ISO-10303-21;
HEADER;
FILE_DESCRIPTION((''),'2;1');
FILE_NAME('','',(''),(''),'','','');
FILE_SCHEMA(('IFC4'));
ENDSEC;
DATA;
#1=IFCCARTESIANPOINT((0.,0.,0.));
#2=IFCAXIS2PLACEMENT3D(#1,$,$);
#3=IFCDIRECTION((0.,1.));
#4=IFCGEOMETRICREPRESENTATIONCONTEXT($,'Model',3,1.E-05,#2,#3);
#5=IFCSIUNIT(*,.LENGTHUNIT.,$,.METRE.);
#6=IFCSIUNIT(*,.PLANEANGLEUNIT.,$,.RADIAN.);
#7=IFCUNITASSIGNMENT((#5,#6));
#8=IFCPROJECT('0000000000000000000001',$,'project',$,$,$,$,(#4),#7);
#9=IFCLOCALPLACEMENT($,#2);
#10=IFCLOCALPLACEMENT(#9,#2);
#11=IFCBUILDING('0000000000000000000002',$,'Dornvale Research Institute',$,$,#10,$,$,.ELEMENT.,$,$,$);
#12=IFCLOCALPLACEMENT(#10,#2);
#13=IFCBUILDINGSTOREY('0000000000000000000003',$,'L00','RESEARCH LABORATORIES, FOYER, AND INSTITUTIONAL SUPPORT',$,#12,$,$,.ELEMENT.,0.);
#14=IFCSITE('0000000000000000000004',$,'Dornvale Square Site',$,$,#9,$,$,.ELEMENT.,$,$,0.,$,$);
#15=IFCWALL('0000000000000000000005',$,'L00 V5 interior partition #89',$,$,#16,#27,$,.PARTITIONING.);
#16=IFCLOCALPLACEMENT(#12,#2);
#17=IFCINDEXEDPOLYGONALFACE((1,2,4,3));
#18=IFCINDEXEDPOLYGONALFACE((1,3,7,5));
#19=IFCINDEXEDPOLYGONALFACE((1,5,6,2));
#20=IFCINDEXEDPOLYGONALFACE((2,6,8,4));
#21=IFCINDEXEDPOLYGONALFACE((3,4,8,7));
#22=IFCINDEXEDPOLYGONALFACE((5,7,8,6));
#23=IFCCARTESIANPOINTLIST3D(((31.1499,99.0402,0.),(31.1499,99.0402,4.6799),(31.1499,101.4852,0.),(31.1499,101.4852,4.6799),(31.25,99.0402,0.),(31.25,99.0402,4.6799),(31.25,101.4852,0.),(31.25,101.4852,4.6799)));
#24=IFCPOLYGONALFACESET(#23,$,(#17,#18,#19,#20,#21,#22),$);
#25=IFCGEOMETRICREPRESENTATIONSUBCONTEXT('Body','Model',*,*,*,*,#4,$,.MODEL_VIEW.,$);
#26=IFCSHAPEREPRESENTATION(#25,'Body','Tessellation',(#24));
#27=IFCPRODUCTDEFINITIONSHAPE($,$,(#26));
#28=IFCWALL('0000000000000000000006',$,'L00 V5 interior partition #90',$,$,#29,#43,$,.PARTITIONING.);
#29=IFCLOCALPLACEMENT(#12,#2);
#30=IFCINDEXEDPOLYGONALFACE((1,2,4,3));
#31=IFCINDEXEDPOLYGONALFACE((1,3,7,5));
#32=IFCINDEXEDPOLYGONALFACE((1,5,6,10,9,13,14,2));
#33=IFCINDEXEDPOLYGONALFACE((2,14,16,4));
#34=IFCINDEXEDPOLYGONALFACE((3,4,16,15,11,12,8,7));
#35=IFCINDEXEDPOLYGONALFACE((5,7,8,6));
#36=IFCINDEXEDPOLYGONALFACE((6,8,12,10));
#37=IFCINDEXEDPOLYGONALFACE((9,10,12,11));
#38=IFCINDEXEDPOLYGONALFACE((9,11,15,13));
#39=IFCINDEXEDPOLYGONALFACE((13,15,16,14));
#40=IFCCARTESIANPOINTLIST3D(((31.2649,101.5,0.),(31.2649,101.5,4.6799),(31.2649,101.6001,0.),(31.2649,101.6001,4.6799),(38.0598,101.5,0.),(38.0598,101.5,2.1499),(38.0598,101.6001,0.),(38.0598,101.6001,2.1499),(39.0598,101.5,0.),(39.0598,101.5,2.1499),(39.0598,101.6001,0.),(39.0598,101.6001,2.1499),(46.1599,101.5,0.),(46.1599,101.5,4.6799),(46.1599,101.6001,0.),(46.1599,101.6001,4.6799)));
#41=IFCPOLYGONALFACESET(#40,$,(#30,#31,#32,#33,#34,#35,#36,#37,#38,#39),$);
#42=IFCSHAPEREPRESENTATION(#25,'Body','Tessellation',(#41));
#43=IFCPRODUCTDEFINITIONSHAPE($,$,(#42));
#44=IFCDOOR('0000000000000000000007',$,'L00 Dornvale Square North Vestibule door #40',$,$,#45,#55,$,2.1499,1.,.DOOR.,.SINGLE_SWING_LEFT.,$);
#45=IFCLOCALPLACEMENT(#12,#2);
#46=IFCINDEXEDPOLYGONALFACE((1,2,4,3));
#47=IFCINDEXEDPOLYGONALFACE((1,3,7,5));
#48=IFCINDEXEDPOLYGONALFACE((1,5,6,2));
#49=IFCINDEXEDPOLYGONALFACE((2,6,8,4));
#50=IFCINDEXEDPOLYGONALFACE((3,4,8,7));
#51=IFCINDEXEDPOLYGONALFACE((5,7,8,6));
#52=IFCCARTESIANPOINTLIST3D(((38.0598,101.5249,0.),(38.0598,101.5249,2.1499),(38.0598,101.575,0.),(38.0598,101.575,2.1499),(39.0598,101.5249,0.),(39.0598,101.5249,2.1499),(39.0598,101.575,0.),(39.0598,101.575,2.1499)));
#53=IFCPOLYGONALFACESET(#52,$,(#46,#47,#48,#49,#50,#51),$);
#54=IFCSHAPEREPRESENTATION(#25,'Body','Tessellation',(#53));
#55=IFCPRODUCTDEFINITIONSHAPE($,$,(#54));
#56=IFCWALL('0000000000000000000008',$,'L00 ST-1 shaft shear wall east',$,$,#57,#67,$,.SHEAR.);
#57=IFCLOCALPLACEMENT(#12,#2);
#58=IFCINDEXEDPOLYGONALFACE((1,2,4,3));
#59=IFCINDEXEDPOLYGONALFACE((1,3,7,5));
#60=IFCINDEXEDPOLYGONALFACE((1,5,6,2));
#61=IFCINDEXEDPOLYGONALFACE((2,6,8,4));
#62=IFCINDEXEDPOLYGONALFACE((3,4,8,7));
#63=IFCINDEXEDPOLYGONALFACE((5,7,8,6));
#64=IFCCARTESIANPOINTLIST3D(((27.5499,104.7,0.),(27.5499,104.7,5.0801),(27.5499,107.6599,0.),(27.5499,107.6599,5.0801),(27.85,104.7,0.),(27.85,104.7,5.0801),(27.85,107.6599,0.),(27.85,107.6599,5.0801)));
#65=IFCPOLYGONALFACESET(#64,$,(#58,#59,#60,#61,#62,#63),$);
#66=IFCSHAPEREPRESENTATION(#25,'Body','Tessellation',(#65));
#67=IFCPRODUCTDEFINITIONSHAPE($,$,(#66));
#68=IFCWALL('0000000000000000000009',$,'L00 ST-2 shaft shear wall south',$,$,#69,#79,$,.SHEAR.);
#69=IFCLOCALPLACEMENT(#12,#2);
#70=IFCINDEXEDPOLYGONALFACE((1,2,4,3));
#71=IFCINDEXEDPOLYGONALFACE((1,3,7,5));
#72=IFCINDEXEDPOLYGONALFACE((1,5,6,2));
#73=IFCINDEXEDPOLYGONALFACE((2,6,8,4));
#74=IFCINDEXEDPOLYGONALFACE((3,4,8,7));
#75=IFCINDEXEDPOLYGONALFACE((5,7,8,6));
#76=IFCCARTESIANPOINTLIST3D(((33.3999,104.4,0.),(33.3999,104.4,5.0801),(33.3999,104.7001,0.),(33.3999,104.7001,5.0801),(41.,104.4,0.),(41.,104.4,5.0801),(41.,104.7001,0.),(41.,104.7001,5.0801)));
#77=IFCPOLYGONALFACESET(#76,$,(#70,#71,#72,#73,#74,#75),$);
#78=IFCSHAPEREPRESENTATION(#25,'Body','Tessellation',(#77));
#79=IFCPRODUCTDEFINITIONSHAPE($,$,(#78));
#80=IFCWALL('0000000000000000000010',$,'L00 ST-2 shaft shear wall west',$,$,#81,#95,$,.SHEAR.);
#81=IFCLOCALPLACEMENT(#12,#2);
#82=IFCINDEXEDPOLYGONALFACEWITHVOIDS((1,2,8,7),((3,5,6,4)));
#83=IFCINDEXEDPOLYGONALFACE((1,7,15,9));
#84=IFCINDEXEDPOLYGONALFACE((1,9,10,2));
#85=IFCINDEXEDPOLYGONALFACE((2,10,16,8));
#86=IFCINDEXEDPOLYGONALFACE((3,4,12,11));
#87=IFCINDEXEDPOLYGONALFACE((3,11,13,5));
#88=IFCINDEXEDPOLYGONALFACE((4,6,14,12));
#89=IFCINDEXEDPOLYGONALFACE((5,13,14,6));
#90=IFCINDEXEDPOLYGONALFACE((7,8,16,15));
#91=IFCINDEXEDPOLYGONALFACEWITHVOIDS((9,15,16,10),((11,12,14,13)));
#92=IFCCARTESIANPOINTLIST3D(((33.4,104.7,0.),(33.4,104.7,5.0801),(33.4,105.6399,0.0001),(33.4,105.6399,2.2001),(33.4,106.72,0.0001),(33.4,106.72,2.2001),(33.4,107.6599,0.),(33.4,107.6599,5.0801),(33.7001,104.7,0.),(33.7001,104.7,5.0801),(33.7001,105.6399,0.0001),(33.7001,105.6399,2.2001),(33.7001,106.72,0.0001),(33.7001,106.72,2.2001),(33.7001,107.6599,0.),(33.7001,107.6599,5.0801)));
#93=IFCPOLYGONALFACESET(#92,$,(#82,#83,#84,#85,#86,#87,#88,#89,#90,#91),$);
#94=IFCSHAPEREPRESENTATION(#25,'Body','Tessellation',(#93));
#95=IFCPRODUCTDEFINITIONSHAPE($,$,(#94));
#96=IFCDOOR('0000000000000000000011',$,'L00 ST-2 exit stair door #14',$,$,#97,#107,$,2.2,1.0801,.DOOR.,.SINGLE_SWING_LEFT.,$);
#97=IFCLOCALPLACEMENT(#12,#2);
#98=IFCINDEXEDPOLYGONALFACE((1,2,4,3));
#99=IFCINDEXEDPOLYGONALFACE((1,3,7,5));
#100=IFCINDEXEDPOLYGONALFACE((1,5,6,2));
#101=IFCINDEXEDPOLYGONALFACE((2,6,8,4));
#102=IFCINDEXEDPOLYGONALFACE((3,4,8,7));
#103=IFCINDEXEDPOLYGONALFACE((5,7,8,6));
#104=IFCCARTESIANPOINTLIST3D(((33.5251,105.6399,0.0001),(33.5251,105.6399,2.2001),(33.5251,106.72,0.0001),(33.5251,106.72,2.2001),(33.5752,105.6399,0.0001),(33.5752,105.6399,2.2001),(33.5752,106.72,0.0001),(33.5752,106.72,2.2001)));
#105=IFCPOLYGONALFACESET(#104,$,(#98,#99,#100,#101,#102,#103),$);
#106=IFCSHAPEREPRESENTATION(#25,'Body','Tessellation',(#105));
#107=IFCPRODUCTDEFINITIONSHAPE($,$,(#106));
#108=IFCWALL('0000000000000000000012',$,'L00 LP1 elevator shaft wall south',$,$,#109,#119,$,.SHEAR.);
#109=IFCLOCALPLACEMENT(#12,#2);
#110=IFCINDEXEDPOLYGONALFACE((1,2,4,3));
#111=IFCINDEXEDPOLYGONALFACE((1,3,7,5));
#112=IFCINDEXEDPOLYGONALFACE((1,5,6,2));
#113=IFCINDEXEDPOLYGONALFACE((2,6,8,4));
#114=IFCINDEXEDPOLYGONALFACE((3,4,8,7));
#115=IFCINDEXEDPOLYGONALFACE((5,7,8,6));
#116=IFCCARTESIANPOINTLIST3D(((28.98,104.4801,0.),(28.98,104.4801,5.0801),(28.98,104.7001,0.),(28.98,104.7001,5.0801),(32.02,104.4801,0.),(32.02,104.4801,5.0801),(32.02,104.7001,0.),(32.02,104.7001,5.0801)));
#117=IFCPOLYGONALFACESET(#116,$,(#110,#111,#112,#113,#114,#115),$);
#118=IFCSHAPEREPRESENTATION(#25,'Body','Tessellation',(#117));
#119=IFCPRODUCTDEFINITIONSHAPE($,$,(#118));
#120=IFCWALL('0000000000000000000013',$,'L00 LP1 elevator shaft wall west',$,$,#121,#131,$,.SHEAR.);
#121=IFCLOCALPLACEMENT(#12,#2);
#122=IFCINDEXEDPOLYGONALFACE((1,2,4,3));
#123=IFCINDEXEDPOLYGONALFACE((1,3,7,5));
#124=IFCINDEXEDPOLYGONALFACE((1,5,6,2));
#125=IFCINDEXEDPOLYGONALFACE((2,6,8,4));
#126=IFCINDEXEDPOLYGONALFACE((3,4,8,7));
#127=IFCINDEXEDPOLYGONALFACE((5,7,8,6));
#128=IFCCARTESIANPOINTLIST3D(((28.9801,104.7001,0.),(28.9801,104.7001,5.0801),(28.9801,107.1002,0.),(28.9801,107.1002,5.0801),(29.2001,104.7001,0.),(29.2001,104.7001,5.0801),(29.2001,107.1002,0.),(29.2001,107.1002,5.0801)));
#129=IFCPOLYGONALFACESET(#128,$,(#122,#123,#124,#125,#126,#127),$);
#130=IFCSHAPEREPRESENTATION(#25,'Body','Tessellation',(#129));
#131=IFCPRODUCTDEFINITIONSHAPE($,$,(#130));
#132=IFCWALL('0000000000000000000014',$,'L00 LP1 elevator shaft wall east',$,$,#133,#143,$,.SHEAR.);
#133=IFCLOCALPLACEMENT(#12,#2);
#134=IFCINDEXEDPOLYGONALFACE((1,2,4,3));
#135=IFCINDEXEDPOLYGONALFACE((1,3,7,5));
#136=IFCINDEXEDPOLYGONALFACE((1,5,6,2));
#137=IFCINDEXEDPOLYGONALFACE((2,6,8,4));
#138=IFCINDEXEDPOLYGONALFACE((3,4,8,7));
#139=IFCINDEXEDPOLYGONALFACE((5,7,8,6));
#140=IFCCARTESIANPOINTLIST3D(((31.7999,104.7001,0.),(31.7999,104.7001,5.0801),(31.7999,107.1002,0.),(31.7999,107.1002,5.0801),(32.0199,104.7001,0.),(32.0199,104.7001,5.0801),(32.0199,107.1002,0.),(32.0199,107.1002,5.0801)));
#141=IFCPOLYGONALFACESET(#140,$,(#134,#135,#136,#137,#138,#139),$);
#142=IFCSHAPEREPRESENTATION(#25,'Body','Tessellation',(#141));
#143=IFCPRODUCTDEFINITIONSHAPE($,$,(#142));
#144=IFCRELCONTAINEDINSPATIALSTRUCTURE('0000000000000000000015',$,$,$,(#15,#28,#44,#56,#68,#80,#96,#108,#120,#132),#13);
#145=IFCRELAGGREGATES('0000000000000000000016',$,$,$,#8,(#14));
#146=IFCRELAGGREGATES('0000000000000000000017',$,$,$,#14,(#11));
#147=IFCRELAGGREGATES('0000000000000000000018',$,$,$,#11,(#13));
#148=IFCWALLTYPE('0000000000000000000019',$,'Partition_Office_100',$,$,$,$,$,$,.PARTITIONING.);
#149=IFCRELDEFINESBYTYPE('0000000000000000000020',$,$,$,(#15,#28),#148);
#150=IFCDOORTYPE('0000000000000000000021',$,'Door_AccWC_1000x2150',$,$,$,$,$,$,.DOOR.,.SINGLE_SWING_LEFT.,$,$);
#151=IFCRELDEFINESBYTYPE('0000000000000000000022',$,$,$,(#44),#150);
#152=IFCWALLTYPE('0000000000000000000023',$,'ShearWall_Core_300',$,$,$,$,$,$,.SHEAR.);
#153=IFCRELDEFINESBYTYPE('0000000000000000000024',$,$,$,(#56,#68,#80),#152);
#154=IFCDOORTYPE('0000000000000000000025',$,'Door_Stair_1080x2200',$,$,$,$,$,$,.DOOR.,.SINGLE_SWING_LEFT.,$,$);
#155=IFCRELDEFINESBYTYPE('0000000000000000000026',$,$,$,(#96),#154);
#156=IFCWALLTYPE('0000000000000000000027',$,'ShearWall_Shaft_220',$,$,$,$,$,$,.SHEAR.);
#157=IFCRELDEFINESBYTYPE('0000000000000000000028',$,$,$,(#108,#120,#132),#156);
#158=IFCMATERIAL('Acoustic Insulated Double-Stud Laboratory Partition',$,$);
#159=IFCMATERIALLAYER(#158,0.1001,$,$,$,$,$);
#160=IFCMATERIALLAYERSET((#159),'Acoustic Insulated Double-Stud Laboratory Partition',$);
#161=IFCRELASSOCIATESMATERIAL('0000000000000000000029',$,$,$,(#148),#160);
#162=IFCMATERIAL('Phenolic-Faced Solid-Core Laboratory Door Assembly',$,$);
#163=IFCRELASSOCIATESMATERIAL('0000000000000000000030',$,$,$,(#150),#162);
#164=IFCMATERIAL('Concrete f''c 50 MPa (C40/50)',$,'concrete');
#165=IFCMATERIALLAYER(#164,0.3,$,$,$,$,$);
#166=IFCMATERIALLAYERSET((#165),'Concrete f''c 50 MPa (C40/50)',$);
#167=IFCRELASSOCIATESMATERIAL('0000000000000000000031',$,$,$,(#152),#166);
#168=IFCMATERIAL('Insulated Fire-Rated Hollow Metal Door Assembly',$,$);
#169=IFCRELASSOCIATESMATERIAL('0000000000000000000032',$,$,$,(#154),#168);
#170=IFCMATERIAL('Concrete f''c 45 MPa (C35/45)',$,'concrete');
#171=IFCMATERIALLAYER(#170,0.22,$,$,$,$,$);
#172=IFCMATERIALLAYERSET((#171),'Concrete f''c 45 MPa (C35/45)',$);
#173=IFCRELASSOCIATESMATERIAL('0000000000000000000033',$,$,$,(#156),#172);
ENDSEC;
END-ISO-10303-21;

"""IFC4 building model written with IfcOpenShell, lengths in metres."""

from ifc_helpers import new_model, si_unit, direction, frame, frame_2d, origin, place, context, subcontext, project, spatial, rectangle, extrude, material, layer, layer_set, type_object, element, fill, save


model = new_model("IFC4")

# Units and contexts
model_context = context("Model", 3, precision=1e-05, world=origin(), true_north=direction((0.0, 1.0)))
body_context = subcontext(model_context, "Body", "Model", "MODEL_VIEW")
ifc_project = project(units=[si_unit("LENGTHUNIT", "METRE"), si_unit("PLANEANGLEUNIT", "RADIAN")], contexts=[model_context])

# Site, building, storey
site_placement = place(None, origin())
site = spatial("IfcSite", under=ifc_project, at=site_placement, Name="Dornvale Square Site", CompositionType="ELEMENT", RefElevation=0.0)
building_placement = place(site_placement, origin())
building = spatial("IfcBuilding", under=site, at=building_placement, Name="Dornvale Research Institute", CompositionType="ELEMENT")
storey_placement = place(building_placement, origin())
storey = spatial("IfcBuildingStorey", under=building, at=storey_placement, Name="L00", Description="RESEARCH LABORATORIES, FOYER, AND INSTITUTIONAL SUPPORT", CompositionType="ELEMENT", Elevation=0.0)

# Wall
ifc_material_1 = material(Name="Acoustic Insulated Double-Stud Laboratory Partition")
ifc_layer_1 = layer(ifc_material_1, 0.1001)
ifc_layer_set_1 = layer_set([ifc_layer_1], Name="Acoustic Insulated Double-Stud Laboratory Partition")
wall_type_1 = type_object("IfcWallType", Name="Partition_Office_100", PredefinedType="PARTITIONING", material=ifc_layer_set_1)
wall_1_placement = place(storey_placement, frame((31.2, 99.04, 0.0), z_axis=(0.0, 0.0, 1.0), x_axis=(0.0, 1.0, 0.0)))
element("IfcWall", 1, at=wall_1_placement, inside=storey, type_object=wall_type_1, Name="L00 V5 interior partition #89", PredefinedType="PARTITIONING", context=body_context, shape_type="SweptSolid", body=[
    extrude(rectangle(XDim=2.4451, YDim=0.1001, at=frame_2d((1.2227, 0.0))), origin(), (0.0, 0.0, 1.0), 4.6799),
])

# Wall, opening, door
wall_2_placement = place(storey_placement, frame((31.2649, 101.55, 0.0), z_axis=(0.0, 0.0, 1.0), x_axis=(1.0, 0.0, 0.0)))
wall_2 = element("IfcWall", 2, at=wall_2_placement, inside=storey, type_object=wall_type_1, Name="L00 V5 interior partition #90", PredefinedType="PARTITIONING", context=body_context, shape_type="SweptSolid", body=[
    extrude(rectangle(XDim=14.895, YDim=0.1001, at=frame_2d((7.4475, 0.0))), origin(), (0.0, 0.0, 1.0), 4.6799),
])
opening_1_placement = place(wall_2_placement, frame((6.7949, 0.0, 0.0)))
opening_1 = element("IfcOpeningElement", 3, at=opening_1_placement, cuts=wall_2, PredefinedType="OPENING", context=body_context, shape_type="SweptSolid", body=[
    extrude(rectangle(XDim=1.0, YDim=2.1499, at=frame_2d((0.5, 1.075))), frame((0.0, 0.0649, 0.0), z_axis=(0.0, -1.0, 0.0), x_axis=(1.0, 0.0, 0.0)), (0.0, 0.0, 1.0), 0.1301),
])
ifc_material_2 = material(Name="Phenolic-Faced Solid-Core Laboratory Door Assembly")
door_type_1 = type_object("IfcDoorType", Name="Door_AccWC_1000x2150", OperationType="SINGLE_SWING_LEFT", PredefinedType="DOOR", material=ifc_material_2)
door_1_placement = place(opening_1_placement, origin())
door_1 = element("IfcDoor", 4, at=door_1_placement, inside=storey, type_object=door_type_1, Name="L00 Dornvale Square North Vestibule door #40", OperationType="SINGLE_SWING_LEFT", OverallHeight=2.1499, OverallWidth=1.0, PredefinedType="DOOR", context=body_context, shape_type="SweptSolid", body=[
    extrude(rectangle(XDim=1.0, YDim=2.1499, at=frame_2d((0.5, 1.075))), frame((0.0, 0.0249, 0.0), z_axis=(0.0, -1.0, 0.0), x_axis=(1.0, 0.0, 0.0)), (0.0, 0.0, 1.0), 0.05),
])
fill(opening_1, door_1)

# Walls
ifc_material_3 = material(Name="Concrete f'c 50 MPa (C40/50)", Category="concrete")
ifc_layer_2 = layer(ifc_material_3, 0.3)
ifc_layer_set_2 = layer_set([ifc_layer_2], Name="Concrete f'c 50 MPa (C40/50)")
wall_type_2 = type_object("IfcWallType", Name="ShearWall_Core_300", PredefinedType="SHEAR", material=ifc_layer_set_2)
wall_3_placement = place(storey_placement, frame((27.7, 104.7, 0.0), z_axis=(0.0, 0.0, 1.0), x_axis=(0.0, 1.0, 0.0)))
element("IfcWall", 5, at=wall_3_placement, inside=storey, type_object=wall_type_2, Name="L00 ST-1 shaft shear wall east", PredefinedType="SHEAR", context=body_context, shape_type="SweptSolid", body=[
    extrude(rectangle(XDim=2.96, YDim=0.3, at=frame_2d((1.48, 0.0))), origin(), (0.0, 0.0, 1.0), 5.0801),
])
wall_4_placement = place(storey_placement, frame((33.3999, 104.55, 0.0), z_axis=(0.0, 0.0, 1.0), x_axis=(1.0, 0.0, 0.0)))
element("IfcWall", 6, at=wall_4_placement, inside=storey, type_object=wall_type_2, Name="L00 ST-2 shaft shear wall south", PredefinedType="SHEAR", context=body_context, shape_type="SweptSolid", body=[
    extrude(rectangle(XDim=7.6001, YDim=0.3, at=frame_2d((3.8, 0.0))), origin(), (0.0, 0.0, 1.0), 5.0801),
])

# Wall, opening, door
wall_5_placement = place(storey_placement, frame((33.55, 104.7, 0.0), z_axis=(0.0, 0.0, 1.0), x_axis=(0.0, 1.0, 0.0)))
wall_5 = element("IfcWall", 7, at=wall_5_placement, inside=storey, type_object=wall_type_2, Name="L00 ST-2 shaft shear wall west", PredefinedType="SHEAR", context=body_context, shape_type="SweptSolid", body=[
    extrude(rectangle(XDim=2.96, YDim=0.3, at=frame_2d((1.48, 0.0))), origin(), (0.0, 0.0, 1.0), 5.0801),
])
opening_2_placement = place(wall_5_placement, frame((0.9399, 0.0, 0.0)))
opening_2 = element("IfcOpeningElement", 8, at=opening_2_placement, cuts=wall_5, PredefinedType="OPENING", context=body_context, shape_type="SweptSolid", body=[
    extrude(rectangle(XDim=1.0801, YDim=2.2, at=frame_2d((0.54, 1.1001))), frame((0.0, 0.165, 0.0), z_axis=(0.0, -1.0, 0.0), x_axis=(1.0, 0.0, 0.0)), (0.0, 0.0, 1.0), 0.3301),
])
ifc_material_4 = material(Name="Insulated Fire-Rated Hollow Metal Door Assembly")
door_type_2 = type_object("IfcDoorType", Name="Door_Stair_1080x2200", OperationType="SINGLE_SWING_LEFT", PredefinedType="DOOR", material=ifc_material_4)
door_2_placement = place(opening_2_placement, origin())
door_2 = element("IfcDoor", 9, at=door_2_placement, inside=storey, type_object=door_type_2, Name="L00 ST-2 exit stair door #14", OperationType="SINGLE_SWING_LEFT", OverallHeight=2.2, OverallWidth=1.0801, PredefinedType="DOOR", context=body_context, shape_type="SweptSolid", body=[
    extrude(rectangle(XDim=1.0801, YDim=2.2, at=frame_2d((0.54, 1.1001))), frame((0.0, 0.0249, 0.0), z_axis=(0.0, -1.0, 0.0), x_axis=(1.0, 0.0, 0.0)), (0.0, 0.0, 1.0), 0.05),
])
fill(opening_2, door_2)

# Walls
ifc_material_5 = material(Name="Concrete f'c 45 MPa (C35/45)", Category="concrete")
ifc_layer_3 = layer(ifc_material_5, 0.22)
ifc_layer_set_3 = layer_set([ifc_layer_3], Name="Concrete f'c 45 MPa (C35/45)")
wall_type_3 = type_object("IfcWallType", Name="ShearWall_Shaft_220", PredefinedType="SHEAR", material=ifc_layer_set_3)
wall_6_placement = place(storey_placement, frame((28.98, 104.5901, 0.0), z_axis=(0.0, 0.0, 1.0), x_axis=(1.0, 0.0, 0.0)))
element("IfcWall", 10, at=wall_6_placement, inside=storey, type_object=wall_type_3, Name="L00 LP1 elevator shaft wall south", PredefinedType="SHEAR", context=body_context, shape_type="SweptSolid", body=[
    extrude(rectangle(XDim=3.04, YDim=0.22, at=frame_2d((1.52, 0.0))), origin(), (0.0, 0.0, 1.0), 5.0801),
])
for number, where, z_axis, x_axis, name in (
    (11, (29.0901, 104.7, 0.0), (0.0, 0.0, 1.0), (0.0, 1.0, 0.0), "L00 LP1 elevator shaft wall west"),
    (12, (31.9099, 104.7, 0.0), (0.0, 0.0, 1.0), (0.0, 1.0, 0.0), "L00 LP1 elevator shaft wall east"),
):
    element("IfcWall", number, at=place(storey_placement, frame(where, z_axis=z_axis, x_axis=x_axis)), inside=storey, type_object=wall_type_3, Name=name, PredefinedType="SHEAR", context=body_context, shape_type="SweptSolid", body=[
        extrude(rectangle(XDim=2.4001, YDim=0.22, at=frame_2d((1.2002, 0.0))), origin(), (0.0, 0.0, 1.0), 5.0801),
    ])

save(model, "model.ifc")
